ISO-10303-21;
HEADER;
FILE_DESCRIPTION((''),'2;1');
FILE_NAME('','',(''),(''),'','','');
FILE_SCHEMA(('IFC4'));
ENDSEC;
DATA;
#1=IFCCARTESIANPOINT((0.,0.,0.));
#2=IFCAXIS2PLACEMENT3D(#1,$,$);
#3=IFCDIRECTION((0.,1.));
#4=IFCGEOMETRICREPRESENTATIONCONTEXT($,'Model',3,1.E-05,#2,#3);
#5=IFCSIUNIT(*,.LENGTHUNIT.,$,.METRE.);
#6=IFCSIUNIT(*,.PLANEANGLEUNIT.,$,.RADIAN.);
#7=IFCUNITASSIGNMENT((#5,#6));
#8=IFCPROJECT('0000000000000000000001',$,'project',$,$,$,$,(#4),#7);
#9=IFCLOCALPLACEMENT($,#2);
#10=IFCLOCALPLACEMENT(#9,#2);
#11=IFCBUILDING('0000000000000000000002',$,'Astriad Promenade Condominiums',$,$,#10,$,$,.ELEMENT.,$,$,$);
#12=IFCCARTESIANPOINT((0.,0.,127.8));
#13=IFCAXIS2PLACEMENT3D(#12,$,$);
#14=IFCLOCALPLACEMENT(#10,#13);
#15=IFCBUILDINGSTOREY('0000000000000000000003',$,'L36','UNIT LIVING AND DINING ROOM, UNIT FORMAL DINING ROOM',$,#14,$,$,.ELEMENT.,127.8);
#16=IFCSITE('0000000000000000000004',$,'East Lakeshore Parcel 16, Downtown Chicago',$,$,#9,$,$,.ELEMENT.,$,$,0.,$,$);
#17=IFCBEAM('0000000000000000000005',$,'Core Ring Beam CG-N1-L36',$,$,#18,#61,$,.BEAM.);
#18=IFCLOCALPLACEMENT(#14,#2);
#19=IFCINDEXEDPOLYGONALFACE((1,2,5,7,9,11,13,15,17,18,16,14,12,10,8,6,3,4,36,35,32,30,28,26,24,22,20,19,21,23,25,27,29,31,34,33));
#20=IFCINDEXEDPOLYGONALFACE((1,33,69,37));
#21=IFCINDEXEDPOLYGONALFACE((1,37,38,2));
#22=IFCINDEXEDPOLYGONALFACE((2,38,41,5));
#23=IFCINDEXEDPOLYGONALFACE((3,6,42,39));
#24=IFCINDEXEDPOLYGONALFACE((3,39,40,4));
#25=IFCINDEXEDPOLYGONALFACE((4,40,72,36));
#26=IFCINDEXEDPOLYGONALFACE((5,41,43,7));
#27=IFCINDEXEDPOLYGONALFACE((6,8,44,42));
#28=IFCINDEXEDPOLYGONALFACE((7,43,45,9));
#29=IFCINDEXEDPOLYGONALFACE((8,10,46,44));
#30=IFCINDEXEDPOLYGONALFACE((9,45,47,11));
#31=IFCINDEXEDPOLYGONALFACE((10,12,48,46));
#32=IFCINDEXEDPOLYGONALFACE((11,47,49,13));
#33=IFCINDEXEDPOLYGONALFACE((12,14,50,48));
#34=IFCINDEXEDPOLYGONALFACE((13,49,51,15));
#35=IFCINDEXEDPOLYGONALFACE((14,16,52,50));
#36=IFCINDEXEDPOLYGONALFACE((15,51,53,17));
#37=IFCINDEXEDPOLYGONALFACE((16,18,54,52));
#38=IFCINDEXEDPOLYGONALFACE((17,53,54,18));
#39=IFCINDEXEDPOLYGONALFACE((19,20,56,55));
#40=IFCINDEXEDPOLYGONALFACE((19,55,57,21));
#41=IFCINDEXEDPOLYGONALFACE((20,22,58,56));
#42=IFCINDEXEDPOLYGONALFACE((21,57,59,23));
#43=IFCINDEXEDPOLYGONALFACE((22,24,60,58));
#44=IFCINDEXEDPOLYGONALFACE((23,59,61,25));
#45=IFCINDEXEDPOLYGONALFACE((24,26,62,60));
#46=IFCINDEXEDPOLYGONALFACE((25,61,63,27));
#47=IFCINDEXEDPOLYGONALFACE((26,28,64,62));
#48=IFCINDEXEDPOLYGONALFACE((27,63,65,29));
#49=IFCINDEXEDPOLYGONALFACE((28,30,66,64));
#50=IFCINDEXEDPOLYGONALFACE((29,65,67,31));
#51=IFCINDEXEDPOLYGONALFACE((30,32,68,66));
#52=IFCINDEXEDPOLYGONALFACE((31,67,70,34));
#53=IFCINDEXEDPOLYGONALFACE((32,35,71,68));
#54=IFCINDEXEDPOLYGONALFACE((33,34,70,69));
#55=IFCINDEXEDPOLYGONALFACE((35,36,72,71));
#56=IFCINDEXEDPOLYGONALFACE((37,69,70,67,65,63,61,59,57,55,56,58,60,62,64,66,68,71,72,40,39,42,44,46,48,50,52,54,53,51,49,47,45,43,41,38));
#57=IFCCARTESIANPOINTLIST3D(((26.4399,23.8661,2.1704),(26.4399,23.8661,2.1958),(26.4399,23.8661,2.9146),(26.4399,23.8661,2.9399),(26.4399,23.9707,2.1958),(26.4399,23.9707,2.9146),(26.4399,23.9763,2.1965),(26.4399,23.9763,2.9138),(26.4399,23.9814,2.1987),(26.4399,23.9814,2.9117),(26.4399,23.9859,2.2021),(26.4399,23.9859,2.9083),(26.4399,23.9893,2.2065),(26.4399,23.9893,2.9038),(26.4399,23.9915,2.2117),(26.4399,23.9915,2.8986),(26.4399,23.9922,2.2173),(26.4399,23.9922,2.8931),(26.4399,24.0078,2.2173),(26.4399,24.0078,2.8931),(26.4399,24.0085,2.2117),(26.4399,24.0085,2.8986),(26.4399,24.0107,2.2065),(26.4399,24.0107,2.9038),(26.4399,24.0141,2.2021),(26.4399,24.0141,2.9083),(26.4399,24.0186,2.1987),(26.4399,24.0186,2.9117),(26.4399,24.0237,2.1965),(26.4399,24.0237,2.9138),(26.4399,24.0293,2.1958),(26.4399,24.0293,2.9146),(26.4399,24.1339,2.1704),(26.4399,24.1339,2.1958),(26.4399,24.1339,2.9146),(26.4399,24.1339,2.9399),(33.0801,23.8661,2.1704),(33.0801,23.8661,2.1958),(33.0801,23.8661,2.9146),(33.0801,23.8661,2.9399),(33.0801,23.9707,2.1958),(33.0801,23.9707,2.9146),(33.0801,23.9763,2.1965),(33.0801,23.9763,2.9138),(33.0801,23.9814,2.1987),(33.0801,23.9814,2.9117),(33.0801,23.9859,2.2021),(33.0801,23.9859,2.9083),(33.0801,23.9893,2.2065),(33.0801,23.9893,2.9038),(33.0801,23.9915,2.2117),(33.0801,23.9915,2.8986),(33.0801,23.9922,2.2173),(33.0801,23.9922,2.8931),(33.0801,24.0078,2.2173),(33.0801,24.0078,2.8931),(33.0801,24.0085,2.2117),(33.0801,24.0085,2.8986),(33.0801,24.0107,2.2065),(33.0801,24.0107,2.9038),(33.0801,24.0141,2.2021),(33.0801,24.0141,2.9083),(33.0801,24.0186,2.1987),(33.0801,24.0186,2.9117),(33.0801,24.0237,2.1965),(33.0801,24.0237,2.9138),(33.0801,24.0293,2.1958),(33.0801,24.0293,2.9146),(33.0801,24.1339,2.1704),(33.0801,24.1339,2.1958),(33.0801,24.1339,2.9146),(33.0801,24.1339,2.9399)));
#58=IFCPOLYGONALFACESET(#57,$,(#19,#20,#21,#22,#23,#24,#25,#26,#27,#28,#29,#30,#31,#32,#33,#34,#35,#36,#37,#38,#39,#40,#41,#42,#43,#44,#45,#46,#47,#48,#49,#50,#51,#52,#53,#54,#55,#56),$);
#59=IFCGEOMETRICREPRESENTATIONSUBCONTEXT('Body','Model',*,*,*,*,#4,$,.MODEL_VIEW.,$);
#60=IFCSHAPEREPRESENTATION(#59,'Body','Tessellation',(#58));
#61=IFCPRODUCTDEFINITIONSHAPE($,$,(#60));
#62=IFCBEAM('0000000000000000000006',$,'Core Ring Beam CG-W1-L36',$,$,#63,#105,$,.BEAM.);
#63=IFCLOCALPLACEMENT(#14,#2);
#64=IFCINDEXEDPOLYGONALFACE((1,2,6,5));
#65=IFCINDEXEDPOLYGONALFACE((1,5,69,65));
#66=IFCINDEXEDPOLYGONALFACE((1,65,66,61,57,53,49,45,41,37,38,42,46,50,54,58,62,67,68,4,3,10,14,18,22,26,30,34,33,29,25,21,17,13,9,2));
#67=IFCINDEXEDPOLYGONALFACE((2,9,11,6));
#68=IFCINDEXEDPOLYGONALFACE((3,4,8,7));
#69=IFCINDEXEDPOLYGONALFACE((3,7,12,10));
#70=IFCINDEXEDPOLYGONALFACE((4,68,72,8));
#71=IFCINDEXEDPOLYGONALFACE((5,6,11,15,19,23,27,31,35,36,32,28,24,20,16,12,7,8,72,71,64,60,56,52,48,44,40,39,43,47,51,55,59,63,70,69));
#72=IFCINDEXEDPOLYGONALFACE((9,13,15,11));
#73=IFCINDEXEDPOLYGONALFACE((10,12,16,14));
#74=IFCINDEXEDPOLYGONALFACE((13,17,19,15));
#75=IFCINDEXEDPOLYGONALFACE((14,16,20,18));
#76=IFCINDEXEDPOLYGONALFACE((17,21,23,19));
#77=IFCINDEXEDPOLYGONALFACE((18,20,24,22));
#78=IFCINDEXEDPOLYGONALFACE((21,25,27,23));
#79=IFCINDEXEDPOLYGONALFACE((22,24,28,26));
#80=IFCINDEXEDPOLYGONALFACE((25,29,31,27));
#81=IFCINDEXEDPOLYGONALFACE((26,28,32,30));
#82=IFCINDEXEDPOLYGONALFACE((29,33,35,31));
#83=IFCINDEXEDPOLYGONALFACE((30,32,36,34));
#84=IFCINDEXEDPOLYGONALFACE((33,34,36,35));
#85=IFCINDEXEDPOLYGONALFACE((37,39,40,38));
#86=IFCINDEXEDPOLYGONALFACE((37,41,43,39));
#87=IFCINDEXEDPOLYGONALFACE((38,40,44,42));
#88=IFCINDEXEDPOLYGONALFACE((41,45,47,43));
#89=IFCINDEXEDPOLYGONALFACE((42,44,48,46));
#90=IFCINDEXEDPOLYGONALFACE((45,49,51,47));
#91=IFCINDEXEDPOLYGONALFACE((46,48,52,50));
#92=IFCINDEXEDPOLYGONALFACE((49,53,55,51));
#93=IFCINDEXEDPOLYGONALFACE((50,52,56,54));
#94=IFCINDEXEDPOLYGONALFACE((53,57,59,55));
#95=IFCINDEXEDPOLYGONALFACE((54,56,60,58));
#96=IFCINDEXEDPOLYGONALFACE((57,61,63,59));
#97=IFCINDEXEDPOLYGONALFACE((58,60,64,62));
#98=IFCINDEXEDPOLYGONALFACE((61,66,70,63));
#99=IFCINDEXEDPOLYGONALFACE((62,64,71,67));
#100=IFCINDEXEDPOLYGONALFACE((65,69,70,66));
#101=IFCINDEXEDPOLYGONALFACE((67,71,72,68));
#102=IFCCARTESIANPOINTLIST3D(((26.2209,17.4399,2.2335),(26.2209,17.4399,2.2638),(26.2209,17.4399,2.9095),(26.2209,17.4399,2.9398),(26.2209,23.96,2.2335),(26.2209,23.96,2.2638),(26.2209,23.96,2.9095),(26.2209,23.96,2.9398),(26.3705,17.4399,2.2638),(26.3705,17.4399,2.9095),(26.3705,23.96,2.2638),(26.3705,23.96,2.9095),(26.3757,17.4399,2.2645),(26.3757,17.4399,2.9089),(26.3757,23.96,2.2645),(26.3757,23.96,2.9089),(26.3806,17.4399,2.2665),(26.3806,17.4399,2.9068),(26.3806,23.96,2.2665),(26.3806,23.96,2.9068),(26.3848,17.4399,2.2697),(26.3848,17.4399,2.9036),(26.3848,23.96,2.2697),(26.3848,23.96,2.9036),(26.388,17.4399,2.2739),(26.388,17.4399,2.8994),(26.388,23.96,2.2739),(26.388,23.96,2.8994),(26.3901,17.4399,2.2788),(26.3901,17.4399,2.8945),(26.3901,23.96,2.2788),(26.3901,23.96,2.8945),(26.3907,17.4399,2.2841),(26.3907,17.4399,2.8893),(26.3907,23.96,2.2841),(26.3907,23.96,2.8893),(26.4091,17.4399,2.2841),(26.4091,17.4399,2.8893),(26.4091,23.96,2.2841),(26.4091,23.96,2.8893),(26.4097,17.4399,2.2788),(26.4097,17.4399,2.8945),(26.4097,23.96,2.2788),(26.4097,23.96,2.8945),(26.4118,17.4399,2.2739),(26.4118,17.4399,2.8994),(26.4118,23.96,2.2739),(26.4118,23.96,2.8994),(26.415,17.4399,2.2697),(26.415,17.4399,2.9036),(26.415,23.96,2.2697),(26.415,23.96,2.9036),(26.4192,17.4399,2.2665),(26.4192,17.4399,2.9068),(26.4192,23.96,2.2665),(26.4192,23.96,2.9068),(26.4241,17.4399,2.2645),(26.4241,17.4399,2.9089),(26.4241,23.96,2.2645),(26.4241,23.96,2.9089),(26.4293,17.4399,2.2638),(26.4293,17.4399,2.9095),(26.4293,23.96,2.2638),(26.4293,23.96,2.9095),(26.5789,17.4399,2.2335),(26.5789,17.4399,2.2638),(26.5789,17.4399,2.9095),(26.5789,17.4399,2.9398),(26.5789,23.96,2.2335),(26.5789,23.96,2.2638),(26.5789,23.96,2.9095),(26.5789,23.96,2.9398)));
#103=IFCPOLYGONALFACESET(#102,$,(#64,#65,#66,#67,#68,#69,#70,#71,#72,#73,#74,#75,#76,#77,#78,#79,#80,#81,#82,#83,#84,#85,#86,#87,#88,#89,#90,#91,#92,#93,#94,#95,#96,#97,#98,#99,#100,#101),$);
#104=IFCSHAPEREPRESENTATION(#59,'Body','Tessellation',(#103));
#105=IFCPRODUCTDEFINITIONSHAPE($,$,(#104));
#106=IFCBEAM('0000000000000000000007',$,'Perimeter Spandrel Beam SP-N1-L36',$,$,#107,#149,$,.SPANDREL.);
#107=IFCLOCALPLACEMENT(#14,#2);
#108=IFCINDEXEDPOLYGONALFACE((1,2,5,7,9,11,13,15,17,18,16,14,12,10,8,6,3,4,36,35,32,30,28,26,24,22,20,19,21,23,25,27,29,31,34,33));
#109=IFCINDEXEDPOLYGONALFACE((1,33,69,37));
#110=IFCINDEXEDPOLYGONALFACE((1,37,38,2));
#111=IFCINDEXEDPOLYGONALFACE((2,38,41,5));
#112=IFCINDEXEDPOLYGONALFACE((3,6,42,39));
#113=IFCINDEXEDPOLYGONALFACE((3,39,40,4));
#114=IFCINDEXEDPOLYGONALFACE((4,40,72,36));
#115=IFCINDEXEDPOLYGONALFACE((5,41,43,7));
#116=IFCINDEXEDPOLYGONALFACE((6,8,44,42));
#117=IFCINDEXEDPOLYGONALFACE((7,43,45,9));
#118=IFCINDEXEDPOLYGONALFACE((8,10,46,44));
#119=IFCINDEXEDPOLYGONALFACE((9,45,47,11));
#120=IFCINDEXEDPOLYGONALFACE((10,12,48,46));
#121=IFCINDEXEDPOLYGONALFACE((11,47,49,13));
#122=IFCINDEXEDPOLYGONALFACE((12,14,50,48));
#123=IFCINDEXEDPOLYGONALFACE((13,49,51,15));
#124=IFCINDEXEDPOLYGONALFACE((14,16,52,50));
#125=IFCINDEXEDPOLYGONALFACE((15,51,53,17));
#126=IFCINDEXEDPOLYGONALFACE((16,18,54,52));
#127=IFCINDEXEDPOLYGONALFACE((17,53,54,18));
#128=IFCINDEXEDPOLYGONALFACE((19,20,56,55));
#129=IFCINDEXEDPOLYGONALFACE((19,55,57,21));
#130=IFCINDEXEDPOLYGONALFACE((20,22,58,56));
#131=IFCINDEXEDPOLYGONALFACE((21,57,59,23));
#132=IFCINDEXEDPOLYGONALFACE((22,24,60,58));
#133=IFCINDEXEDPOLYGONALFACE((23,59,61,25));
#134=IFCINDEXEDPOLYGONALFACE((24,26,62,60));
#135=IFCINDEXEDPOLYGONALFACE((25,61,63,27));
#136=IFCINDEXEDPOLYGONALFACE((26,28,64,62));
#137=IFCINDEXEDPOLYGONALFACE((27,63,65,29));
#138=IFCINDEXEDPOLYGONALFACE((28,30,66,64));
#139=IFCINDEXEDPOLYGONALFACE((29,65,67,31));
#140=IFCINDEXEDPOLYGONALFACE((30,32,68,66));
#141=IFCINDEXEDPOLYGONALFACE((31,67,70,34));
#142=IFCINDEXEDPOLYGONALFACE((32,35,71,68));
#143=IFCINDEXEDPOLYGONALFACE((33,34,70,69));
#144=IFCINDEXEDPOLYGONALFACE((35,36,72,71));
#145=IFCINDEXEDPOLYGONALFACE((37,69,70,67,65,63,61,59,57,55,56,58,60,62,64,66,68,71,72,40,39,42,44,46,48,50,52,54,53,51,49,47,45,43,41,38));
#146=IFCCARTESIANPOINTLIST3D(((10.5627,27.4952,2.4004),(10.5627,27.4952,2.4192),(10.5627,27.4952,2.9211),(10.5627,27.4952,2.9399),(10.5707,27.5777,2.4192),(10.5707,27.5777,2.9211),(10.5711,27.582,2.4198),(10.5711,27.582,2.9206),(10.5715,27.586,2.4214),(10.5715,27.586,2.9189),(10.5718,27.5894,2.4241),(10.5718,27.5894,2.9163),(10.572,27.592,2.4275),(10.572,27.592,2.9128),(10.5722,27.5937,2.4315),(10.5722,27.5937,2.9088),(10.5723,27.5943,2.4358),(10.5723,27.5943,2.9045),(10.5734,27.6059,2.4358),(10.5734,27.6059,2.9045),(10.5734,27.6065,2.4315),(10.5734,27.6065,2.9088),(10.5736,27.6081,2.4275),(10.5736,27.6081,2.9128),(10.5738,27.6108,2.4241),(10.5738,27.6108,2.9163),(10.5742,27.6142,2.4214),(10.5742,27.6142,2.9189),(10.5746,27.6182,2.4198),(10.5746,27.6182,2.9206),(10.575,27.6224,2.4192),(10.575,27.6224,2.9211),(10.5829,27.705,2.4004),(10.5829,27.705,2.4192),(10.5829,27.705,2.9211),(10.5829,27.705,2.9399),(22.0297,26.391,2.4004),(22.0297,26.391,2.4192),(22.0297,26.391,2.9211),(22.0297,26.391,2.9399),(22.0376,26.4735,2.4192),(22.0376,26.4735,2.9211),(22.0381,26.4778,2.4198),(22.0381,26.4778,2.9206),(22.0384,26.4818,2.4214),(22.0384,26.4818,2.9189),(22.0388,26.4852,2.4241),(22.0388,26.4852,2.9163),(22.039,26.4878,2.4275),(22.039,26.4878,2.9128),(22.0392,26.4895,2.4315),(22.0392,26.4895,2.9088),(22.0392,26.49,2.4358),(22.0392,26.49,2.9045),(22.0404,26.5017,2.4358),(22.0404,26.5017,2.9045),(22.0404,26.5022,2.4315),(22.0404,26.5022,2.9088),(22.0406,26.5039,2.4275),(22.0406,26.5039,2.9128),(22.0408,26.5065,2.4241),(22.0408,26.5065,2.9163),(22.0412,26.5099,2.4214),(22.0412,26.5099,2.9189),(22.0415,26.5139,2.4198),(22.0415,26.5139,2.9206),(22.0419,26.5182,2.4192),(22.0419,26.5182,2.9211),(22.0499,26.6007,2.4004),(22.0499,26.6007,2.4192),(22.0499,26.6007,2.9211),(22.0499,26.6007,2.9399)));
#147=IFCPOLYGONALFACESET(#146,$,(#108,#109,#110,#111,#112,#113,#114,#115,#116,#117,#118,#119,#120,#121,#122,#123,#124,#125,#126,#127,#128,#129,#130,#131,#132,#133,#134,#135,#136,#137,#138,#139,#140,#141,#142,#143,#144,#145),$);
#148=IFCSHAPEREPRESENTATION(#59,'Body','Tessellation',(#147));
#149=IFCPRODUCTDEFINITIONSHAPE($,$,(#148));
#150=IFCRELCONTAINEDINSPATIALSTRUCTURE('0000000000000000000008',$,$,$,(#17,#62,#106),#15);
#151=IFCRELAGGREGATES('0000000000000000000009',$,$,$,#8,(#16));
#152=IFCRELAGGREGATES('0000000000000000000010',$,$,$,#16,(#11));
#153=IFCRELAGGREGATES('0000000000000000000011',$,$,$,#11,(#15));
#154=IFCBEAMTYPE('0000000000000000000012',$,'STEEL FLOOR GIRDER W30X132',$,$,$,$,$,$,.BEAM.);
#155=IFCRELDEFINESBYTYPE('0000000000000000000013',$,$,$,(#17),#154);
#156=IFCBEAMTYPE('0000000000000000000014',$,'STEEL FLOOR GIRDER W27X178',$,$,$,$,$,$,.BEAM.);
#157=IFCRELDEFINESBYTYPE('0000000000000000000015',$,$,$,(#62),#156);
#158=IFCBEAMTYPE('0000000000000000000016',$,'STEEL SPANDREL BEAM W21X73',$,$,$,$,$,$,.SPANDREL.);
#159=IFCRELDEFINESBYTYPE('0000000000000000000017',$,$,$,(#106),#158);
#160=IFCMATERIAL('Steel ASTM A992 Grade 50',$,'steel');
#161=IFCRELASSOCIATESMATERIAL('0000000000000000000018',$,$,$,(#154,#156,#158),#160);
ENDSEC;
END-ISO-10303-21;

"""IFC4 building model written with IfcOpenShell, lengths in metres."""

from ifc_helpers import new_model, si_unit, direction, frame, origin, origin_2d, place, context, subcontext, project, spatial, i_section, extrude, source, transform, mapped, material, material_profile, profile_set, type_object, type_shapes, element, save


model = new_model("IFC4")

# Units and contexts
model_context = context("Model", 3, precision=1e-05, world=origin(), true_north=direction((0.0, 1.0)))
body_context = subcontext(model_context, "Body", "Model", "MODEL_VIEW")
ifc_project = project(units=[si_unit("LENGTHUNIT", "METRE"), si_unit("PLANEANGLEUNIT", "RADIAN")], contexts=[model_context])

# Site, building, storey
site_placement = place(None, origin())
site = spatial("IfcSite", under=ifc_project, at=site_placement, Name="East Lakeshore Parcel 16, Downtown Chicago", CompositionType="ELEMENT", RefElevation=0.0)
building_placement = place(site_placement, origin())
building = spatial("IfcBuilding", under=site, at=building_placement, Name="Astriad Promenade Condominiums", CompositionType="ELEMENT")
storey_placement = place(building_placement, frame((0.0, 0.0, 127.8)))
storey = spatial("IfcBuildingStorey", under=building, at=storey_placement, Name="L36", Description="UNIT LIVING AND DINING ROOM, UNIT FORMAL DINING ROOM", CompositionType="ELEMENT", Elevation=127.8)

# Shared definitions
ifc_material_1 = material(Name="Steel ASTM A992 Grade 50", Category="steel")

# Beams
ifc_material_profile_1 = material_profile(ifc_material_1, i_section(OverallWidth=0.2678, OverallDepth=0.7695, WebThickness=0.0156, FlangeThickness=0.0254, FilletRadius=0.0215, at=origin_2d()), Name="W30X132")
ifc_profile_set_1 = profile_set([ifc_material_profile_1], Name="Steel ASTM A992 Grade 50")
beam_type_1 = type_object("IfcBeamType", Name="STEEL FLOOR GIRDER W30X132", PredefinedType="BEAM", material=ifc_profile_set_1)
shared_shape_1 = source(origin(), body_context, "Body", "SweptSolid", [
    extrude(i_section(OverallWidth=0.2678, OverallDepth=0.7695, WebThickness=0.0156, FlangeThickness=0.0254, FilletRadius=0.0215, at=origin_2d()), origin(), (0.0, 0.0, 1.0), 6.6401),
])
type_shapes(beam_type_1, [shared_shape_1])
beam_1_placement = place(storey_placement, frame((26.4399, 24.0, 2.5552), z_axis=(1.0, 0.0, 0.0), x_axis=(0.0, 1.0, 0.0)))
element("IfcBeam", 1, at=beam_1_placement, inside=storey, type_object=beam_type_1, Name="Core Ring Beam CG-N1-L36", PredefinedType="BEAM", context=body_context, shape_type="MappedRepresentation", body=[
    mapped(shared_shape_1, transform((0.0, 0.0, 0.0), scale=1.0)),
])
ifc_material_profile_2 = material_profile(ifc_material_1, i_section(OverallWidth=0.3579, OverallDepth=0.7063, WebThickness=0.0183, FlangeThickness=0.0303, FilletRadius=0.0203, at=origin_2d()), Name="W27X178")
ifc_profile_set_2 = profile_set([ifc_material_profile_2], Name="Steel ASTM A992 Grade 50")
beam_type_2 = type_object("IfcBeamType", Name="STEEL FLOOR GIRDER W27X178", PredefinedType="BEAM", material=ifc_profile_set_2)
shared_shape_2 = source(origin(), body_context, "Body", "SweptSolid", [
    extrude(i_section(OverallWidth=0.3579, OverallDepth=0.7063, WebThickness=0.0183, FlangeThickness=0.0303, FilletRadius=0.0203, at=origin_2d()), origin(), (0.0, 0.0, 1.0), 6.52),
])
type_shapes(beam_type_2, [shared_shape_2])
beam_2_placement = place(storey_placement, frame((26.3999, 17.4399, 2.5867), z_axis=(0.0, 1.0, 0.0), x_axis=(-1.0, 0.0, 0.0)))
element("IfcBeam", 2, at=beam_2_placement, inside=storey, type_object=beam_type_2, Name="Core Ring Beam CG-W1-L36", PredefinedType="BEAM", context=body_context, shape_type="MappedRepresentation", body=[
    mapped(shared_shape_2, transform((0.0, 0.0, 0.0), scale=1.0)),
])
ifc_material_profile_3 = material_profile(ifc_material_1, i_section(OverallWidth=0.2107, OverallDepth=0.5396, WebThickness=0.0117, FlangeThickness=0.0188, FilletRadius=0.0166, at=origin_2d()), Name="W21X73")
ifc_profile_set_3 = profile_set([ifc_material_profile_3], Name="Steel ASTM A992 Grade 50")
beam_type_3 = type_object("IfcBeamType", Name="STEEL SPANDREL BEAM W21X73", PredefinedType="SPANDREL", material=ifc_profile_set_3)
shared_shape_3 = source(origin(), body_context, "Body", "SweptSolid", [
    extrude(i_section(OverallWidth=0.2107, OverallDepth=0.5396, WebThickness=0.0117, FlangeThickness=0.0188, FilletRadius=0.0166, at=origin_2d()), origin(), (0.0, 0.0, 1.0), 11.52),
])
type_shapes(beam_type_3, [shared_shape_3])
beam_3_placement = place(storey_placement, frame((22.0398, 26.4958, 2.6702), z_axis=(-0.995395, 0.095854, 0.0), x_axis=(-0.095854, -0.995395, 0.0)))
element("IfcBeam", 3, at=beam_3_placement, inside=storey, type_object=beam_type_3, Name="Perimeter Spandrel Beam SP-N1-L36", PredefinedType="SPANDREL", context=body_context, shape_type="MappedRepresentation", body=[
    mapped(shared_shape_3, transform((0.0, 0.0, 0.0), scale=1.0)),
])

save(model, "model.ifc")
